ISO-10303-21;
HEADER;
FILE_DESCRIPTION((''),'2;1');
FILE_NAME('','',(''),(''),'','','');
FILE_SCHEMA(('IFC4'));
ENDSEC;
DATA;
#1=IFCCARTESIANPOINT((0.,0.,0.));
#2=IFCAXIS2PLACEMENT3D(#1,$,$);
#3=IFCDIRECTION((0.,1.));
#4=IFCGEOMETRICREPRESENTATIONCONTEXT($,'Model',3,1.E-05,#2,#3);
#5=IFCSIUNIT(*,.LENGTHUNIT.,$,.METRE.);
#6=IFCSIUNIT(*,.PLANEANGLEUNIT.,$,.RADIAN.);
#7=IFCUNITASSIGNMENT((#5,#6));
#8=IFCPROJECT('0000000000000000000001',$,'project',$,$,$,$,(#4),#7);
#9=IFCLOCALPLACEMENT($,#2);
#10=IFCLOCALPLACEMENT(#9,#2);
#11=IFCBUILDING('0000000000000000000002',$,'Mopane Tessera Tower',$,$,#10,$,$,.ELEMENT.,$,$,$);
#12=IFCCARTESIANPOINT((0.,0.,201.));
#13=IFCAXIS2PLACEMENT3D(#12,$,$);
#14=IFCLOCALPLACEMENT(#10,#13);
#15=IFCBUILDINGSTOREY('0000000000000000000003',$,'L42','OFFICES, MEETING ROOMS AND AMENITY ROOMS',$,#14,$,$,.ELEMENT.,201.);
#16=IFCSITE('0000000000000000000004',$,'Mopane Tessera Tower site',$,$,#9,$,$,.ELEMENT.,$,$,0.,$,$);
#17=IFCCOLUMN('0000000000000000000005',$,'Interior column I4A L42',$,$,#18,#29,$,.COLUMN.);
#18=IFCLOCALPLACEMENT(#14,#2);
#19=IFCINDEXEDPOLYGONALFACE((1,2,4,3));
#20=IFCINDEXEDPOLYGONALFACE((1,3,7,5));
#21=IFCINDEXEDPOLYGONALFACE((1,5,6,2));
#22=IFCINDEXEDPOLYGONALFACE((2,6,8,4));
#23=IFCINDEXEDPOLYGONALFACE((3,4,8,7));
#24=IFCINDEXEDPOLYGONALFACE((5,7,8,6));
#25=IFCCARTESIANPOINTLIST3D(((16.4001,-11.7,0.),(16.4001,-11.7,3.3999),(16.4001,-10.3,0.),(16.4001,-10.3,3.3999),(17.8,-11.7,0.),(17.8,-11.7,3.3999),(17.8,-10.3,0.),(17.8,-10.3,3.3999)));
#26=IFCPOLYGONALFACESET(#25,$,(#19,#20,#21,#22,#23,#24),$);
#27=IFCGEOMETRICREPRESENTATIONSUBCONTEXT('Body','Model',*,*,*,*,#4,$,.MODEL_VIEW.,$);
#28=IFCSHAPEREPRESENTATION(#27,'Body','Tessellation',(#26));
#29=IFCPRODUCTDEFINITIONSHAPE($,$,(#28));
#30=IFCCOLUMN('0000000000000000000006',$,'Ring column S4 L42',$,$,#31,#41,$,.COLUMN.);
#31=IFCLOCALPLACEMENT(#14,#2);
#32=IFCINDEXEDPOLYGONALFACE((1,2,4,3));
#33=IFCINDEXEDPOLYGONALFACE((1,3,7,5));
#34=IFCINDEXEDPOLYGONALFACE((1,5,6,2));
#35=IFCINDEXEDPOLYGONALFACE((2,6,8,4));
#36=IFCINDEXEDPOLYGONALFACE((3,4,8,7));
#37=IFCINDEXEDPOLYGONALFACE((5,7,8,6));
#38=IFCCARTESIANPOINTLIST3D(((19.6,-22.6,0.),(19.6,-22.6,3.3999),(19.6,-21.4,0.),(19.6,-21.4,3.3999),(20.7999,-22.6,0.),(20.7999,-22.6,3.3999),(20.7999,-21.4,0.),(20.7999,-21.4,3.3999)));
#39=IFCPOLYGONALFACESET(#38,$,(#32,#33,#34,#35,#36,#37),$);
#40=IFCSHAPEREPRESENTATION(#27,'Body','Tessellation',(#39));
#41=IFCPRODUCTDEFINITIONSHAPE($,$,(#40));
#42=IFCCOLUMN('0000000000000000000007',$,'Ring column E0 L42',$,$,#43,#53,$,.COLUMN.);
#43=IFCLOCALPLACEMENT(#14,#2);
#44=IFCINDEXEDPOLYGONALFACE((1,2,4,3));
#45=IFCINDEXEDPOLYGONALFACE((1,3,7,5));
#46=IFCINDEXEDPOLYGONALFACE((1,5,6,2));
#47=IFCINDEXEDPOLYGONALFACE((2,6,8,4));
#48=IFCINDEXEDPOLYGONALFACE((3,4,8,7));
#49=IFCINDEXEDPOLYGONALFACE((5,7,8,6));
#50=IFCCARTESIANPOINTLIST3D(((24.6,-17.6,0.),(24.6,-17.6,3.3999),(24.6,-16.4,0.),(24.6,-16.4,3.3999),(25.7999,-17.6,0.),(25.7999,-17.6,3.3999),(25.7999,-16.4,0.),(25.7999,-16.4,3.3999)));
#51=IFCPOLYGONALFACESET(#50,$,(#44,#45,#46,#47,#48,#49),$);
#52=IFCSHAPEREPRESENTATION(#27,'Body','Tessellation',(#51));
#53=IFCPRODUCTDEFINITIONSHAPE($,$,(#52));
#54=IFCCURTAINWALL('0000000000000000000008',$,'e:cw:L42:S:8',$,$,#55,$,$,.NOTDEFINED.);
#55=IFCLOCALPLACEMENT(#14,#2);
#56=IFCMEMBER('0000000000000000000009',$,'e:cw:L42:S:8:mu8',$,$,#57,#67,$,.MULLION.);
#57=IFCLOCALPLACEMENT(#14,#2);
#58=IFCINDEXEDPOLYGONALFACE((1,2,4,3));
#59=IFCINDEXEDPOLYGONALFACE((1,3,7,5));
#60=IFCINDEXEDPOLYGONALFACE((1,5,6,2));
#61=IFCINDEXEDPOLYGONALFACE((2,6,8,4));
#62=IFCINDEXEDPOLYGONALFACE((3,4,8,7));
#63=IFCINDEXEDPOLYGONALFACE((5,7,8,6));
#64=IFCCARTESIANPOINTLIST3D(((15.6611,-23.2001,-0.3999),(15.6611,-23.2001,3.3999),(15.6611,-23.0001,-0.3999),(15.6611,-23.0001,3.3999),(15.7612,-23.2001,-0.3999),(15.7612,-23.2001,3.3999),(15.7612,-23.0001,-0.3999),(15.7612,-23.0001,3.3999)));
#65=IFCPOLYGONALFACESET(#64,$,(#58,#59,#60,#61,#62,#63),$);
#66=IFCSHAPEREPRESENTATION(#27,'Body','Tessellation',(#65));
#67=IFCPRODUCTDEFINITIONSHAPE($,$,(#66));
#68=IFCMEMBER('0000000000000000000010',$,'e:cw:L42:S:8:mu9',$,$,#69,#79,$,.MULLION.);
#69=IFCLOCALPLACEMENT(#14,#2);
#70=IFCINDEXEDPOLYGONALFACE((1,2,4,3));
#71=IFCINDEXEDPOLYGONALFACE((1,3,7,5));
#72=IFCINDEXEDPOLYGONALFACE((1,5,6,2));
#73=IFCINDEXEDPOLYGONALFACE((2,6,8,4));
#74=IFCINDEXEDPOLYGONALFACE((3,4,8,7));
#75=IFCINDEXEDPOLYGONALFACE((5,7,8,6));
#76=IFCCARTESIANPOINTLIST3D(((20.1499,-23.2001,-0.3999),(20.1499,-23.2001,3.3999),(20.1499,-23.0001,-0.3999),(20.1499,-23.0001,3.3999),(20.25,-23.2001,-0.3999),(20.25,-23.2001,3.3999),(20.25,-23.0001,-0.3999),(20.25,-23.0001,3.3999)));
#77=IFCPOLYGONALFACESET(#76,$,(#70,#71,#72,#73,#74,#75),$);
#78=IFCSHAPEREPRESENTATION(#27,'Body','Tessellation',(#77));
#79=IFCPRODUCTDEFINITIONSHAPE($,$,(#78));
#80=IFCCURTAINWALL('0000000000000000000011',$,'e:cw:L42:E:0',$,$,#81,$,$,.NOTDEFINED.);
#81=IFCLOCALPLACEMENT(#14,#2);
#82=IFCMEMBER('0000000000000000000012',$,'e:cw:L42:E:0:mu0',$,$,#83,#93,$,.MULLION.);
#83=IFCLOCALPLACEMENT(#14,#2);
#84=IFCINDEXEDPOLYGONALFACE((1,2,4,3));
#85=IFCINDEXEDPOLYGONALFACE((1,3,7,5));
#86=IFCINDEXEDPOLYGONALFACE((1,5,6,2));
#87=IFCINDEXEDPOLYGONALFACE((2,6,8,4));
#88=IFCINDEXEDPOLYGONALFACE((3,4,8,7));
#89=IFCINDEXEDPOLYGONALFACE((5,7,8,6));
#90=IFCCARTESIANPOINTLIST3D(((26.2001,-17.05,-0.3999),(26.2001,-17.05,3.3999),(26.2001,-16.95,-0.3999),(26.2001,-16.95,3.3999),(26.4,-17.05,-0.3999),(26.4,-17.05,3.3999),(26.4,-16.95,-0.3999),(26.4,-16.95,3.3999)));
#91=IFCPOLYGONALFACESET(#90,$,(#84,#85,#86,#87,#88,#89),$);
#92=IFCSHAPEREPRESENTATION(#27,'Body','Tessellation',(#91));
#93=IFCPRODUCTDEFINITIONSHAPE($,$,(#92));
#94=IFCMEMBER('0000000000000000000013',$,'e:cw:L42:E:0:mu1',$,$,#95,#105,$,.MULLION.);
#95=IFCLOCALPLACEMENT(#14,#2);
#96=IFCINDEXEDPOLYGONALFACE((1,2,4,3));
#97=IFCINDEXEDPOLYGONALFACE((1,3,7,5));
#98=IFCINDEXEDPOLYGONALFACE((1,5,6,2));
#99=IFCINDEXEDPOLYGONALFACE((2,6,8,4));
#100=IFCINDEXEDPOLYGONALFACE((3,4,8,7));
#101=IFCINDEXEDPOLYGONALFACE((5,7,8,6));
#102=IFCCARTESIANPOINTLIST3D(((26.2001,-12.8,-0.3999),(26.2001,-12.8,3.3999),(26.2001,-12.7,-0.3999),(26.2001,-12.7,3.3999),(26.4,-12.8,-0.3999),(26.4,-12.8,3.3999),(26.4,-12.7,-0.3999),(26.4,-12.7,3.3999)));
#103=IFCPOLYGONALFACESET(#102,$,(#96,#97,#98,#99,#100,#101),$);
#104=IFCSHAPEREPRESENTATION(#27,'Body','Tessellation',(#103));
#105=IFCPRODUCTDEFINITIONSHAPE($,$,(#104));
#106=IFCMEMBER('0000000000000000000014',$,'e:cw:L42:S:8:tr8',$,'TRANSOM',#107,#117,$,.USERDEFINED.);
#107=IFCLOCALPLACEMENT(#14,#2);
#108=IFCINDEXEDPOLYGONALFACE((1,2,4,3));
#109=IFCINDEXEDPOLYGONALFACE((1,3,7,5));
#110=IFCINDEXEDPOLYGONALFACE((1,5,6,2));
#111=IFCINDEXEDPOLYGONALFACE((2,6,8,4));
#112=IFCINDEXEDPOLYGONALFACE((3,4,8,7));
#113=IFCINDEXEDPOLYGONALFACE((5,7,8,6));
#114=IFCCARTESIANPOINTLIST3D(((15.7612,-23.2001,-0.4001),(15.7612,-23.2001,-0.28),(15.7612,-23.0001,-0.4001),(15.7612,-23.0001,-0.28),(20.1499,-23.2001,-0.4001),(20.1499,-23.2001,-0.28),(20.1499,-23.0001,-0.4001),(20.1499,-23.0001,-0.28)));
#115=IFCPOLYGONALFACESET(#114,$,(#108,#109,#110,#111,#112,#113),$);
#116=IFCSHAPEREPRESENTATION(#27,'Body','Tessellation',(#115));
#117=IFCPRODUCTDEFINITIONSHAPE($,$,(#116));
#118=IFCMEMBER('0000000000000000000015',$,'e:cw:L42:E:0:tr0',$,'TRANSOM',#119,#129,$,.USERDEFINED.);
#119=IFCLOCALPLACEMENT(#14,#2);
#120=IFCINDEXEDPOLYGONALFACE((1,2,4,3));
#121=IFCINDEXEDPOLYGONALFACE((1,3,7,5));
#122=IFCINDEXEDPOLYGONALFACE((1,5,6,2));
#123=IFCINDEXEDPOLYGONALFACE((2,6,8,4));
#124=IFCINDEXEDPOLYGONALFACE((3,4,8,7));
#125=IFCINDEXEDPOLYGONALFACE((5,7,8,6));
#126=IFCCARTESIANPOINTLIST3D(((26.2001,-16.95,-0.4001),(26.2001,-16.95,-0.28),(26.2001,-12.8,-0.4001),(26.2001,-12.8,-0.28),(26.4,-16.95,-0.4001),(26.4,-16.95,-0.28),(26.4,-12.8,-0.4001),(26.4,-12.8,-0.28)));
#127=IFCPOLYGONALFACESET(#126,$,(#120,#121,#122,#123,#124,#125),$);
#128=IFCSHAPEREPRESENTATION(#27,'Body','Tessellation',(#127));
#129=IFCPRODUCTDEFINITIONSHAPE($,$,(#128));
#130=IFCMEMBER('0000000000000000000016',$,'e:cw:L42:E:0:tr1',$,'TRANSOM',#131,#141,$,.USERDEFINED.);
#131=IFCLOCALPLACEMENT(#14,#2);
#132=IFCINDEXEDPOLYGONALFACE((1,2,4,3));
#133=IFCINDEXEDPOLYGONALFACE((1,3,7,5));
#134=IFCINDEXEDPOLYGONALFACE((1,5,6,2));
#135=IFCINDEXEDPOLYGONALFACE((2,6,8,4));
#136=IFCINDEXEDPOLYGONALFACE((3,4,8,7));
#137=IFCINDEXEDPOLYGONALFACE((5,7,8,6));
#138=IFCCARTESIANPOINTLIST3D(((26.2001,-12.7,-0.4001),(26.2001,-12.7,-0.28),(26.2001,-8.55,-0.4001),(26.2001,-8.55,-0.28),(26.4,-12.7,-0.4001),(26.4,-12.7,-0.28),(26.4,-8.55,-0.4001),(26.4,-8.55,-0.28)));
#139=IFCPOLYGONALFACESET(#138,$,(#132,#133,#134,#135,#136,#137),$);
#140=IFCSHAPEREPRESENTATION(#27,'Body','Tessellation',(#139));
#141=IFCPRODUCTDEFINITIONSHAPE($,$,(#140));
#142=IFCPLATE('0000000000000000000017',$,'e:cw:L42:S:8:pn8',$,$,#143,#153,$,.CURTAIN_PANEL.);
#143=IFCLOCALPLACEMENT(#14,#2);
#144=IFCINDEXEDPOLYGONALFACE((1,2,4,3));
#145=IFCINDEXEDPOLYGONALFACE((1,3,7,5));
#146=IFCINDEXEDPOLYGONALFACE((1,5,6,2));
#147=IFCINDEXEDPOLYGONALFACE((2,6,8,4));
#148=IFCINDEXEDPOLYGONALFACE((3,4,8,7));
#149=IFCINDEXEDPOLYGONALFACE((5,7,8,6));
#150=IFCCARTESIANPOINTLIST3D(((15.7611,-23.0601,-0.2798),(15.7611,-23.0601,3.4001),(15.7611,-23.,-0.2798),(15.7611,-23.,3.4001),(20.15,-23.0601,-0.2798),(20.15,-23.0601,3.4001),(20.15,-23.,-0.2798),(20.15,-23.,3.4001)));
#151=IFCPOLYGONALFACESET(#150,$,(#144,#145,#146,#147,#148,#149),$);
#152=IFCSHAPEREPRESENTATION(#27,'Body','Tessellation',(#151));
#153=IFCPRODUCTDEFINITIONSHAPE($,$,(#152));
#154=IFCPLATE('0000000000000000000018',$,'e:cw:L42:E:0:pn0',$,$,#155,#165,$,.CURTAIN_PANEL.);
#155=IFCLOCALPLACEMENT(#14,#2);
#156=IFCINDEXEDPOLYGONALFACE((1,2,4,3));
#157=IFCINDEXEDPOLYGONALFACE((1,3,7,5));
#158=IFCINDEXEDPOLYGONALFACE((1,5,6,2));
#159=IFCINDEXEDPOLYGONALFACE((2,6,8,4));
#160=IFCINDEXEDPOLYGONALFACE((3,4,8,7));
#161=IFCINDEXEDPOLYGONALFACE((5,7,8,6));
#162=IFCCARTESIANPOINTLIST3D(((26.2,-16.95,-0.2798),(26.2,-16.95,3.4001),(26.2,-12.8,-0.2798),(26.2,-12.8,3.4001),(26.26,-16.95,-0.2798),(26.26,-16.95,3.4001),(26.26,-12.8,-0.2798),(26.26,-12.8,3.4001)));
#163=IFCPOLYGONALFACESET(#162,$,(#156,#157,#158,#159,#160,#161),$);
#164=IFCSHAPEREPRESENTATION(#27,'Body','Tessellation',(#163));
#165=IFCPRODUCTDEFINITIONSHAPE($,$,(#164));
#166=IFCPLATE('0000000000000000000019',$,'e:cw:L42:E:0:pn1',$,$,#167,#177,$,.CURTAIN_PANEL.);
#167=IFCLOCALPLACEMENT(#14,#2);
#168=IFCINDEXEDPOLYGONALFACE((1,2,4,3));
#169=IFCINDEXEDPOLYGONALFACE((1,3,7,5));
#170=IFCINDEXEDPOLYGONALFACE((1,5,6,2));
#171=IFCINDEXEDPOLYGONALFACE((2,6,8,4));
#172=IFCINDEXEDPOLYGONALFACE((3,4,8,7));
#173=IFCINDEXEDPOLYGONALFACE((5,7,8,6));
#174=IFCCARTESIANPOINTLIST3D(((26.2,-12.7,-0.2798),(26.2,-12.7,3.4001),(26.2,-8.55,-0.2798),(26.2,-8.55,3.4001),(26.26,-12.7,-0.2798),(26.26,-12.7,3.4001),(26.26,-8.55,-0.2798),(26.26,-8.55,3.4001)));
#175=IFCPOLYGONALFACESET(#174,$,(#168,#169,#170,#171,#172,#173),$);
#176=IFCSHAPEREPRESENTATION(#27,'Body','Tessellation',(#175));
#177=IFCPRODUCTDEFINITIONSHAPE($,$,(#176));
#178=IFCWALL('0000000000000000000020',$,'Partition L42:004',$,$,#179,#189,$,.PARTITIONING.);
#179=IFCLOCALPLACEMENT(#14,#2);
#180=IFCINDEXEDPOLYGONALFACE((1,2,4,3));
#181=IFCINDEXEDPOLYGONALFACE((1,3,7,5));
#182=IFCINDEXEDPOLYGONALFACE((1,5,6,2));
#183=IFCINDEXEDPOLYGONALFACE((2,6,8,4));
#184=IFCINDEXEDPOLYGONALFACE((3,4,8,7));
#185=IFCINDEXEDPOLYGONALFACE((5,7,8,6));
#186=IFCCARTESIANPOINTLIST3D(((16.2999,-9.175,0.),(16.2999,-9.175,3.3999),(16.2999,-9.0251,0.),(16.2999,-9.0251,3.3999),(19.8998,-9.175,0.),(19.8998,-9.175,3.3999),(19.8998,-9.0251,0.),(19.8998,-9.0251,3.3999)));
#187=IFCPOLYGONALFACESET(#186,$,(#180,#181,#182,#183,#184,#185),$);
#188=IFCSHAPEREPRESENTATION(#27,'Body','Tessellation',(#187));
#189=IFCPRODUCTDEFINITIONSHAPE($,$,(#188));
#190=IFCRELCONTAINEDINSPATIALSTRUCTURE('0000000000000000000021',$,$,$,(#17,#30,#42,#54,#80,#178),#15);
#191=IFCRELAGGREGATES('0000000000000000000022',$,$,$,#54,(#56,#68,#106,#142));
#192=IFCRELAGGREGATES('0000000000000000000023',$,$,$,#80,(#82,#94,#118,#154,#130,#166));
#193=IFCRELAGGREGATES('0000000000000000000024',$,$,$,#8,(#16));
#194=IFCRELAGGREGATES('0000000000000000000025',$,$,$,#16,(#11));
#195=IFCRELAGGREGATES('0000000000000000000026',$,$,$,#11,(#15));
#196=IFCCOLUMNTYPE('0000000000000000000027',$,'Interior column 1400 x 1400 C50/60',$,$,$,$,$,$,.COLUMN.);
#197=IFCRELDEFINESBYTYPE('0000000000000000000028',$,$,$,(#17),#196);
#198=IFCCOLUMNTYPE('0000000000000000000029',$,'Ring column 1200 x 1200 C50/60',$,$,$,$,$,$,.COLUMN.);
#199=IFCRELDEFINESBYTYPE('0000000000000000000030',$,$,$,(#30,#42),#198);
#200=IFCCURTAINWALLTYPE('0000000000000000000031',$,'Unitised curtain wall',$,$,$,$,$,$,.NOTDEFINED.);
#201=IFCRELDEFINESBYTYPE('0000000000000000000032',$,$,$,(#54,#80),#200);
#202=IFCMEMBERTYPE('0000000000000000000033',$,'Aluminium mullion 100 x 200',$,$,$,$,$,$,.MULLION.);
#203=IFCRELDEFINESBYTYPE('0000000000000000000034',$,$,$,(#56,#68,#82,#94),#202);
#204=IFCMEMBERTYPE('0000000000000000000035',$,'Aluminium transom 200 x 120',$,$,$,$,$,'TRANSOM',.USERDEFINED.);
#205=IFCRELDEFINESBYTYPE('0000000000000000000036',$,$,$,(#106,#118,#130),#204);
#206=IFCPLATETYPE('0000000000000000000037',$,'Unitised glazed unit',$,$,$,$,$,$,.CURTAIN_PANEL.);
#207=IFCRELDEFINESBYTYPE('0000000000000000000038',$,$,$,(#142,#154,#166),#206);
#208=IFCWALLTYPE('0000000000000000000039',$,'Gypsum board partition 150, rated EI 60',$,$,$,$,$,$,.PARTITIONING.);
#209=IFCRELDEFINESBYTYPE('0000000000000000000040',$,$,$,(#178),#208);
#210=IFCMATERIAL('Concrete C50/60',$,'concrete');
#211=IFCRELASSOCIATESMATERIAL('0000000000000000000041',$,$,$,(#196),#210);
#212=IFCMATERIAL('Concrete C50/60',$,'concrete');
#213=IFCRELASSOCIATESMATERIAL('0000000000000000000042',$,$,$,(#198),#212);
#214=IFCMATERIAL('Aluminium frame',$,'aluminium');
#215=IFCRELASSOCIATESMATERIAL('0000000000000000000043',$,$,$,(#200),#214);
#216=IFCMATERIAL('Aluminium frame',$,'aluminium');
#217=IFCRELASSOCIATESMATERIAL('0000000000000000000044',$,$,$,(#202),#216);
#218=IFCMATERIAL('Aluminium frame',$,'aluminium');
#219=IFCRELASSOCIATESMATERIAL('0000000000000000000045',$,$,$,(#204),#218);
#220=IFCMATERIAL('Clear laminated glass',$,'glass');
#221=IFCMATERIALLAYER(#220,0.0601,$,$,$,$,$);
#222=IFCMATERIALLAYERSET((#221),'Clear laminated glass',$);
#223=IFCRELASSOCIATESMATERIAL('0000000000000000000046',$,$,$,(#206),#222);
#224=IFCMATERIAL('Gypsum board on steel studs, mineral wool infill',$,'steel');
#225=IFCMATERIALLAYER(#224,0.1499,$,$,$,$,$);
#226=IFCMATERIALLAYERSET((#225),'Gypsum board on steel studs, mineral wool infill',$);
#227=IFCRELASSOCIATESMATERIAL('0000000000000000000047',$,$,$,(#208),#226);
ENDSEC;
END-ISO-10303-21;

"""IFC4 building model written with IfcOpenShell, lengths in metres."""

from ifc_helpers import new_model, si_unit, direction, frame, frame_2d, origin, origin_2d, place, context, subcontext, project, spatial, rectangle, extrude, material, layer, layer_set, material_profile, profile_set, type_object, element, aggregate, save


model = new_model("IFC4")

# Units and contexts
model_context = context("Model", 3, precision=1e-05, world=origin(), true_north=direction((0.0, 1.0)))
body_context = subcontext(model_context, "Body", "Model", "MODEL_VIEW")
ifc_project = project(units=[si_unit("LENGTHUNIT", "METRE"), si_unit("PLANEANGLEUNIT", "RADIAN")], contexts=[model_context])

# Site, building, storey
site_placement = place(None, origin())
site = spatial("IfcSite", under=ifc_project, at=site_placement, Name="Mopane Tessera Tower site", CompositionType="ELEMENT", RefElevation=0.0)
building_placement = place(site_placement, origin())
building = spatial("IfcBuilding", under=site, at=building_placement, Name="Mopane Tessera Tower", CompositionType="ELEMENT")
storey_placement = place(building_placement, frame((0.0, 0.0, 201.0)))
storey = spatial("IfcBuildingStorey", under=building, at=storey_placement, Name="L42", Description="OFFICES, MEETING ROOMS AND AMENITY ROOMS", CompositionType="ELEMENT", Elevation=201.0)

# Columns
ifc_material_1 = material(Name="Concrete C50/60", Category="concrete")
ifc_material_profile_1 = material_profile(ifc_material_1, rectangle(XDim=1.3999, YDim=1.3999, at=origin_2d()))
ifc_profile_set_1 = profile_set([ifc_material_profile_1], Name="Concrete C50/60")
column_type_1 = type_object("IfcColumnType", Name="Interior column 1400 x 1400 C50/60", PredefinedType="COLUMN", material=ifc_profile_set_1)
column_placement = place(storey_placement, frame((17.1001, -11.0, 0.0), z_axis=(0.0, 0.0, 1.0), x_axis=(1.0, 0.0, 0.0)))
element("IfcColumn", 1, at=column_placement, inside=storey, type_object=column_type_1, Name="Interior column I4A L42", PredefinedType="COLUMN", context=body_context, shape_type="SweptSolid", body=[
    extrude(rectangle(XDim=1.3999, YDim=1.3999, at=origin_2d()), origin(), (0.0, 0.0, 1.0), 3.3999),
])
ifc_material_2 = material(Name="Concrete C50/60", Category="concrete")
ifc_material_profile_2 = material_profile(ifc_material_2, rectangle(XDim=1.2, YDim=1.2, at=origin_2d()))
ifc_profile_set_2 = profile_set([ifc_material_profile_2], Name="Concrete C50/60")
column_type_2 = type_object("IfcColumnType", Name="Ring column 1200 x 1200 C50/60", PredefinedType="COLUMN", material=ifc_profile_set_2)
for number, where, z_axis, x_axis, name in (
    (2, (20.2, -22.0, 0.0), (0.0, 0.0, 1.0), (1.0, 0.0, 0.0), "Ring column S4 L42"),
    (3, (25.2, -17.0, 0.0), (0.0, 0.0, 1.0), (1.0, 0.0, 0.0), "Ring column E0 L42"),
):
    element("IfcColumn", number, at=place(storey_placement, frame(where, z_axis=z_axis, x_axis=x_axis)), inside=storey, type_object=column_type_2, Name=name, PredefinedType="COLUMN", context=body_context, shape_type="SweptSolid", body=[
        extrude(rectangle(XDim=1.2, YDim=1.2, at=origin_2d()), origin(), (0.0, 0.0, 1.0), 3.3999),
    ])

# Curtain walls, members
ifc_material_3 = material(Name="Aluminium frame", Category="aluminium")
curtain_wall_type = type_object("IfcCurtainWallType", Name="Unitised curtain wall", PredefinedType="NOTDEFINED", material=ifc_material_3)
curtain_wall_1_placement = place(storey_placement, origin())
curtain_wall_1 = element("IfcCurtainWall", 4, at=curtain_wall_1_placement, inside=storey, type_object=curtain_wall_type, Name="e:cw:L42:S:8", PredefinedType="NOTDEFINED")
ifc_material_4 = material(Name="Aluminium frame", Category="aluminium")
ifc_material_profile_3 = material_profile(ifc_material_4, rectangle(XDim=0.1001, YDim=0.2, at=origin_2d()))
ifc_profile_set_3 = profile_set([ifc_material_profile_3], Name="Aluminium frame")
member_type_1 = type_object("IfcMemberType", Name="Aluminium mullion 100 x 200", PredefinedType="MULLION", material=ifc_profile_set_3)
member_1_placement = place(storey_placement, frame((15.7112, -23.1001, -0.3999), z_axis=(0.0, 0.0, 1.0), x_axis=(1.0, 0.0, 0.0)))
member_1 = element("IfcMember", 5, at=member_1_placement, type_object=member_type_1, Name="e:cw:L42:S:8:mu8", PredefinedType="MULLION", context=body_context, shape_type="SweptSolid", body=[
    extrude(rectangle(XDim=0.1001, YDim=0.2, at=origin_2d()), origin(), (0.0, 0.0, 1.0), 3.7998),
])
member_2_placement = place(storey_placement, frame((20.2, -23.1001, -0.3999), z_axis=(0.0, 0.0, 1.0), x_axis=(1.0, 0.0, 0.0)))
member_2 = element("IfcMember", 6, at=member_2_placement, type_object=member_type_1, Name="e:cw:L42:S:8:mu9", PredefinedType="MULLION", context=body_context, shape_type="SweptSolid", body=[
    extrude(rectangle(XDim=0.1001, YDim=0.2, at=origin_2d()), origin(), (0.0, 0.0, 1.0), 3.7998),
])
curtain_wall_2_placement = place(storey_placement, origin())
curtain_wall_2 = element("IfcCurtainWall", 7, at=curtain_wall_2_placement, inside=storey, type_object=curtain_wall_type, Name="e:cw:L42:E:0", PredefinedType="NOTDEFINED")
member_3_placement = place(storey_placement, frame((26.3, -17.0, -0.3999), z_axis=(0.0, 0.0, 1.0), x_axis=(0.0, 1.0, 0.0)))
member_3 = element("IfcMember", 8, at=member_3_placement, type_object=member_type_1, Name="e:cw:L42:E:0:mu0", PredefinedType="MULLION", context=body_context, shape_type="SweptSolid", body=[
    extrude(rectangle(XDim=0.1001, YDim=0.2, at=origin_2d()), origin(), (0.0, 0.0, 1.0), 3.7998),
])
member_4_placement = place(storey_placement, frame((26.3, -12.75, -0.3999), z_axis=(0.0, 0.0, 1.0), x_axis=(0.0, 1.0, 0.0)))
member_4 = element("IfcMember", 9, at=member_4_placement, type_object=member_type_1, Name="e:cw:L42:E:0:mu1", PredefinedType="MULLION", context=body_context, shape_type="SweptSolid", body=[
    extrude(rectangle(XDim=0.1001, YDim=0.2, at=origin_2d()), origin(), (0.0, 0.0, 1.0), 3.7998),
])

# Members
ifc_material_5 = material(Name="Aluminium frame", Category="aluminium")
ifc_material_profile_4 = material_profile(ifc_material_5, rectangle(XDim=0.2, YDim=0.1201, at=origin_2d()))
ifc_profile_set_4 = profile_set([ifc_material_profile_4], Name="Aluminium frame")
member_type_2 = type_object("IfcMemberType", Name="Aluminium transom 200 x 120", ElementType="TRANSOM", PredefinedType="USERDEFINED", material=ifc_profile_set_4)
member_5_placement = place(storey_placement, frame((15.7612, -23.1001, -0.3401), z_axis=(1.0, 0.0, 0.0), x_axis=(0.0, 1.0, 0.0)))
member_5 = element("IfcMember", 10, at=member_5_placement, type_object=member_type_2, Name="e:cw:L42:S:8:tr8", ObjectType="TRANSOM", PredefinedType="USERDEFINED", context=body_context, shape_type="SweptSolid", body=[
    extrude(rectangle(XDim=0.2, YDim=0.1201, at=origin_2d()), origin(), (0.0, 0.0, 1.0), 4.3887),
])
member_6_placement = place(storey_placement, frame((26.3, -16.95, -0.3401), z_axis=(0.0, 1.0, 0.0), x_axis=(-1.0, 0.0, 0.0)))
member_6 = element("IfcMember", 11, at=member_6_placement, type_object=member_type_2, Name="e:cw:L42:E:0:tr0", ObjectType="TRANSOM", PredefinedType="USERDEFINED", context=body_context, shape_type="SweptSolid", body=[
    extrude(rectangle(XDim=0.2, YDim=0.1201, at=origin_2d()), origin(), (0.0, 0.0, 1.0), 4.1499),
])
member_7_placement = place(storey_placement, frame((26.3, -12.7, -0.3401), z_axis=(0.0, 1.0, 0.0), x_axis=(-1.0, 0.0, 0.0)))
member_7 = element("IfcMember", 12, at=member_7_placement, type_object=member_type_2, Name="e:cw:L42:E:0:tr1", ObjectType="TRANSOM", PredefinedType="USERDEFINED", context=body_context, shape_type="SweptSolid", body=[
    extrude(rectangle(XDim=0.2, YDim=0.1201, at=origin_2d()), origin(), (0.0, 0.0, 1.0), 4.1499),
])

# Plates
ifc_material_6 = material(Name="Clear laminated glass", Category="glass")
ifc_layer_1 = layer(ifc_material_6, 0.0601)
ifc_layer_set_1 = layer_set([ifc_layer_1], Name="Clear laminated glass")
plate_type = type_object("IfcPlateType", Name="Unitised glazed unit", PredefinedType="CURTAIN_PANEL", material=ifc_layer_set_1)
plate_1_placement = place(storey_placement, frame((17.9556, -23.03, -0.2798), z_axis=(0.0, 0.0, 1.0), x_axis=(1.0, 0.0, 0.0)))
plate_1 = element("IfcPlate", 13, at=plate_1_placement, type_object=plate_type, Name="e:cw:L42:S:8:pn8", PredefinedType="CURTAIN_PANEL", context=body_context, shape_type="SweptSolid", body=[
    extrude(rectangle(XDim=4.3889, YDim=0.0601, at=origin_2d()), origin(), (0.0, 0.0, 1.0), 3.6799),
])
aggregate(curtain_wall_1, [member_1, member_2, member_5, plate_1])
plate_2_placement = place(storey_placement, frame((26.23, -14.875, -0.2798), z_axis=(0.0, 0.0, 1.0), x_axis=(0.0, 1.0, 0.0)))
plate_2 = element("IfcPlate", 14, at=plate_2_placement, type_object=plate_type, Name="e:cw:L42:E:0:pn0", PredefinedType="CURTAIN_PANEL", context=body_context, shape_type="SweptSolid", body=[
    extrude(rectangle(XDim=4.1499, YDim=0.0601, at=origin_2d()), origin(), (0.0, 0.0, 1.0), 3.6799),
])
plate_3_placement = place(storey_placement, frame((26.23, -10.625, -0.2798), z_axis=(0.0, 0.0, 1.0), x_axis=(0.0, 1.0, 0.0)))
plate_3 = element("IfcPlate", 15, at=plate_3_placement, type_object=plate_type, Name="e:cw:L42:E:0:pn1", PredefinedType="CURTAIN_PANEL", context=body_context, shape_type="SweptSolid", body=[
    extrude(rectangle(XDim=4.1499, YDim=0.0601, at=origin_2d()), origin(), (0.0, 0.0, 1.0), 3.6799),
])
aggregate(curtain_wall_2, [member_3, member_4, member_6, plate_2, member_7, plate_3])

# Wall
ifc_material_7 = material(Name="Gypsum board on steel studs, mineral wool infill", Category="steel")
ifc_layer_2 = layer(ifc_material_7, 0.1499)
ifc_layer_set_2 = layer_set([ifc_layer_2], Name="Gypsum board on steel studs, mineral wool infill")
wall_type_1 = type_object("IfcWallType", Name="Gypsum board partition 150, rated EI 60", PredefinedType="PARTITIONING", material=ifc_layer_set_2)
wall_1_placement = place(storey_placement, frame((16.3, -9.1001, 0.0), z_axis=(0.0, 0.0, 1.0), x_axis=(1.0, 0.0, 0.0)))
element("IfcWall", 16, at=wall_1_placement, inside=storey, type_object=wall_type_1, Name="Partition L42:004", PredefinedType="PARTITIONING", context=body_context, shape_type="SweptSolid", body=[
    extrude(rectangle(XDim=3.5999, YDim=0.1499, at=frame_2d((1.7998, 0.0))), origin(), (0.0, 0.0, 1.0), 3.3999),
])

save(model, "model.ifc")
